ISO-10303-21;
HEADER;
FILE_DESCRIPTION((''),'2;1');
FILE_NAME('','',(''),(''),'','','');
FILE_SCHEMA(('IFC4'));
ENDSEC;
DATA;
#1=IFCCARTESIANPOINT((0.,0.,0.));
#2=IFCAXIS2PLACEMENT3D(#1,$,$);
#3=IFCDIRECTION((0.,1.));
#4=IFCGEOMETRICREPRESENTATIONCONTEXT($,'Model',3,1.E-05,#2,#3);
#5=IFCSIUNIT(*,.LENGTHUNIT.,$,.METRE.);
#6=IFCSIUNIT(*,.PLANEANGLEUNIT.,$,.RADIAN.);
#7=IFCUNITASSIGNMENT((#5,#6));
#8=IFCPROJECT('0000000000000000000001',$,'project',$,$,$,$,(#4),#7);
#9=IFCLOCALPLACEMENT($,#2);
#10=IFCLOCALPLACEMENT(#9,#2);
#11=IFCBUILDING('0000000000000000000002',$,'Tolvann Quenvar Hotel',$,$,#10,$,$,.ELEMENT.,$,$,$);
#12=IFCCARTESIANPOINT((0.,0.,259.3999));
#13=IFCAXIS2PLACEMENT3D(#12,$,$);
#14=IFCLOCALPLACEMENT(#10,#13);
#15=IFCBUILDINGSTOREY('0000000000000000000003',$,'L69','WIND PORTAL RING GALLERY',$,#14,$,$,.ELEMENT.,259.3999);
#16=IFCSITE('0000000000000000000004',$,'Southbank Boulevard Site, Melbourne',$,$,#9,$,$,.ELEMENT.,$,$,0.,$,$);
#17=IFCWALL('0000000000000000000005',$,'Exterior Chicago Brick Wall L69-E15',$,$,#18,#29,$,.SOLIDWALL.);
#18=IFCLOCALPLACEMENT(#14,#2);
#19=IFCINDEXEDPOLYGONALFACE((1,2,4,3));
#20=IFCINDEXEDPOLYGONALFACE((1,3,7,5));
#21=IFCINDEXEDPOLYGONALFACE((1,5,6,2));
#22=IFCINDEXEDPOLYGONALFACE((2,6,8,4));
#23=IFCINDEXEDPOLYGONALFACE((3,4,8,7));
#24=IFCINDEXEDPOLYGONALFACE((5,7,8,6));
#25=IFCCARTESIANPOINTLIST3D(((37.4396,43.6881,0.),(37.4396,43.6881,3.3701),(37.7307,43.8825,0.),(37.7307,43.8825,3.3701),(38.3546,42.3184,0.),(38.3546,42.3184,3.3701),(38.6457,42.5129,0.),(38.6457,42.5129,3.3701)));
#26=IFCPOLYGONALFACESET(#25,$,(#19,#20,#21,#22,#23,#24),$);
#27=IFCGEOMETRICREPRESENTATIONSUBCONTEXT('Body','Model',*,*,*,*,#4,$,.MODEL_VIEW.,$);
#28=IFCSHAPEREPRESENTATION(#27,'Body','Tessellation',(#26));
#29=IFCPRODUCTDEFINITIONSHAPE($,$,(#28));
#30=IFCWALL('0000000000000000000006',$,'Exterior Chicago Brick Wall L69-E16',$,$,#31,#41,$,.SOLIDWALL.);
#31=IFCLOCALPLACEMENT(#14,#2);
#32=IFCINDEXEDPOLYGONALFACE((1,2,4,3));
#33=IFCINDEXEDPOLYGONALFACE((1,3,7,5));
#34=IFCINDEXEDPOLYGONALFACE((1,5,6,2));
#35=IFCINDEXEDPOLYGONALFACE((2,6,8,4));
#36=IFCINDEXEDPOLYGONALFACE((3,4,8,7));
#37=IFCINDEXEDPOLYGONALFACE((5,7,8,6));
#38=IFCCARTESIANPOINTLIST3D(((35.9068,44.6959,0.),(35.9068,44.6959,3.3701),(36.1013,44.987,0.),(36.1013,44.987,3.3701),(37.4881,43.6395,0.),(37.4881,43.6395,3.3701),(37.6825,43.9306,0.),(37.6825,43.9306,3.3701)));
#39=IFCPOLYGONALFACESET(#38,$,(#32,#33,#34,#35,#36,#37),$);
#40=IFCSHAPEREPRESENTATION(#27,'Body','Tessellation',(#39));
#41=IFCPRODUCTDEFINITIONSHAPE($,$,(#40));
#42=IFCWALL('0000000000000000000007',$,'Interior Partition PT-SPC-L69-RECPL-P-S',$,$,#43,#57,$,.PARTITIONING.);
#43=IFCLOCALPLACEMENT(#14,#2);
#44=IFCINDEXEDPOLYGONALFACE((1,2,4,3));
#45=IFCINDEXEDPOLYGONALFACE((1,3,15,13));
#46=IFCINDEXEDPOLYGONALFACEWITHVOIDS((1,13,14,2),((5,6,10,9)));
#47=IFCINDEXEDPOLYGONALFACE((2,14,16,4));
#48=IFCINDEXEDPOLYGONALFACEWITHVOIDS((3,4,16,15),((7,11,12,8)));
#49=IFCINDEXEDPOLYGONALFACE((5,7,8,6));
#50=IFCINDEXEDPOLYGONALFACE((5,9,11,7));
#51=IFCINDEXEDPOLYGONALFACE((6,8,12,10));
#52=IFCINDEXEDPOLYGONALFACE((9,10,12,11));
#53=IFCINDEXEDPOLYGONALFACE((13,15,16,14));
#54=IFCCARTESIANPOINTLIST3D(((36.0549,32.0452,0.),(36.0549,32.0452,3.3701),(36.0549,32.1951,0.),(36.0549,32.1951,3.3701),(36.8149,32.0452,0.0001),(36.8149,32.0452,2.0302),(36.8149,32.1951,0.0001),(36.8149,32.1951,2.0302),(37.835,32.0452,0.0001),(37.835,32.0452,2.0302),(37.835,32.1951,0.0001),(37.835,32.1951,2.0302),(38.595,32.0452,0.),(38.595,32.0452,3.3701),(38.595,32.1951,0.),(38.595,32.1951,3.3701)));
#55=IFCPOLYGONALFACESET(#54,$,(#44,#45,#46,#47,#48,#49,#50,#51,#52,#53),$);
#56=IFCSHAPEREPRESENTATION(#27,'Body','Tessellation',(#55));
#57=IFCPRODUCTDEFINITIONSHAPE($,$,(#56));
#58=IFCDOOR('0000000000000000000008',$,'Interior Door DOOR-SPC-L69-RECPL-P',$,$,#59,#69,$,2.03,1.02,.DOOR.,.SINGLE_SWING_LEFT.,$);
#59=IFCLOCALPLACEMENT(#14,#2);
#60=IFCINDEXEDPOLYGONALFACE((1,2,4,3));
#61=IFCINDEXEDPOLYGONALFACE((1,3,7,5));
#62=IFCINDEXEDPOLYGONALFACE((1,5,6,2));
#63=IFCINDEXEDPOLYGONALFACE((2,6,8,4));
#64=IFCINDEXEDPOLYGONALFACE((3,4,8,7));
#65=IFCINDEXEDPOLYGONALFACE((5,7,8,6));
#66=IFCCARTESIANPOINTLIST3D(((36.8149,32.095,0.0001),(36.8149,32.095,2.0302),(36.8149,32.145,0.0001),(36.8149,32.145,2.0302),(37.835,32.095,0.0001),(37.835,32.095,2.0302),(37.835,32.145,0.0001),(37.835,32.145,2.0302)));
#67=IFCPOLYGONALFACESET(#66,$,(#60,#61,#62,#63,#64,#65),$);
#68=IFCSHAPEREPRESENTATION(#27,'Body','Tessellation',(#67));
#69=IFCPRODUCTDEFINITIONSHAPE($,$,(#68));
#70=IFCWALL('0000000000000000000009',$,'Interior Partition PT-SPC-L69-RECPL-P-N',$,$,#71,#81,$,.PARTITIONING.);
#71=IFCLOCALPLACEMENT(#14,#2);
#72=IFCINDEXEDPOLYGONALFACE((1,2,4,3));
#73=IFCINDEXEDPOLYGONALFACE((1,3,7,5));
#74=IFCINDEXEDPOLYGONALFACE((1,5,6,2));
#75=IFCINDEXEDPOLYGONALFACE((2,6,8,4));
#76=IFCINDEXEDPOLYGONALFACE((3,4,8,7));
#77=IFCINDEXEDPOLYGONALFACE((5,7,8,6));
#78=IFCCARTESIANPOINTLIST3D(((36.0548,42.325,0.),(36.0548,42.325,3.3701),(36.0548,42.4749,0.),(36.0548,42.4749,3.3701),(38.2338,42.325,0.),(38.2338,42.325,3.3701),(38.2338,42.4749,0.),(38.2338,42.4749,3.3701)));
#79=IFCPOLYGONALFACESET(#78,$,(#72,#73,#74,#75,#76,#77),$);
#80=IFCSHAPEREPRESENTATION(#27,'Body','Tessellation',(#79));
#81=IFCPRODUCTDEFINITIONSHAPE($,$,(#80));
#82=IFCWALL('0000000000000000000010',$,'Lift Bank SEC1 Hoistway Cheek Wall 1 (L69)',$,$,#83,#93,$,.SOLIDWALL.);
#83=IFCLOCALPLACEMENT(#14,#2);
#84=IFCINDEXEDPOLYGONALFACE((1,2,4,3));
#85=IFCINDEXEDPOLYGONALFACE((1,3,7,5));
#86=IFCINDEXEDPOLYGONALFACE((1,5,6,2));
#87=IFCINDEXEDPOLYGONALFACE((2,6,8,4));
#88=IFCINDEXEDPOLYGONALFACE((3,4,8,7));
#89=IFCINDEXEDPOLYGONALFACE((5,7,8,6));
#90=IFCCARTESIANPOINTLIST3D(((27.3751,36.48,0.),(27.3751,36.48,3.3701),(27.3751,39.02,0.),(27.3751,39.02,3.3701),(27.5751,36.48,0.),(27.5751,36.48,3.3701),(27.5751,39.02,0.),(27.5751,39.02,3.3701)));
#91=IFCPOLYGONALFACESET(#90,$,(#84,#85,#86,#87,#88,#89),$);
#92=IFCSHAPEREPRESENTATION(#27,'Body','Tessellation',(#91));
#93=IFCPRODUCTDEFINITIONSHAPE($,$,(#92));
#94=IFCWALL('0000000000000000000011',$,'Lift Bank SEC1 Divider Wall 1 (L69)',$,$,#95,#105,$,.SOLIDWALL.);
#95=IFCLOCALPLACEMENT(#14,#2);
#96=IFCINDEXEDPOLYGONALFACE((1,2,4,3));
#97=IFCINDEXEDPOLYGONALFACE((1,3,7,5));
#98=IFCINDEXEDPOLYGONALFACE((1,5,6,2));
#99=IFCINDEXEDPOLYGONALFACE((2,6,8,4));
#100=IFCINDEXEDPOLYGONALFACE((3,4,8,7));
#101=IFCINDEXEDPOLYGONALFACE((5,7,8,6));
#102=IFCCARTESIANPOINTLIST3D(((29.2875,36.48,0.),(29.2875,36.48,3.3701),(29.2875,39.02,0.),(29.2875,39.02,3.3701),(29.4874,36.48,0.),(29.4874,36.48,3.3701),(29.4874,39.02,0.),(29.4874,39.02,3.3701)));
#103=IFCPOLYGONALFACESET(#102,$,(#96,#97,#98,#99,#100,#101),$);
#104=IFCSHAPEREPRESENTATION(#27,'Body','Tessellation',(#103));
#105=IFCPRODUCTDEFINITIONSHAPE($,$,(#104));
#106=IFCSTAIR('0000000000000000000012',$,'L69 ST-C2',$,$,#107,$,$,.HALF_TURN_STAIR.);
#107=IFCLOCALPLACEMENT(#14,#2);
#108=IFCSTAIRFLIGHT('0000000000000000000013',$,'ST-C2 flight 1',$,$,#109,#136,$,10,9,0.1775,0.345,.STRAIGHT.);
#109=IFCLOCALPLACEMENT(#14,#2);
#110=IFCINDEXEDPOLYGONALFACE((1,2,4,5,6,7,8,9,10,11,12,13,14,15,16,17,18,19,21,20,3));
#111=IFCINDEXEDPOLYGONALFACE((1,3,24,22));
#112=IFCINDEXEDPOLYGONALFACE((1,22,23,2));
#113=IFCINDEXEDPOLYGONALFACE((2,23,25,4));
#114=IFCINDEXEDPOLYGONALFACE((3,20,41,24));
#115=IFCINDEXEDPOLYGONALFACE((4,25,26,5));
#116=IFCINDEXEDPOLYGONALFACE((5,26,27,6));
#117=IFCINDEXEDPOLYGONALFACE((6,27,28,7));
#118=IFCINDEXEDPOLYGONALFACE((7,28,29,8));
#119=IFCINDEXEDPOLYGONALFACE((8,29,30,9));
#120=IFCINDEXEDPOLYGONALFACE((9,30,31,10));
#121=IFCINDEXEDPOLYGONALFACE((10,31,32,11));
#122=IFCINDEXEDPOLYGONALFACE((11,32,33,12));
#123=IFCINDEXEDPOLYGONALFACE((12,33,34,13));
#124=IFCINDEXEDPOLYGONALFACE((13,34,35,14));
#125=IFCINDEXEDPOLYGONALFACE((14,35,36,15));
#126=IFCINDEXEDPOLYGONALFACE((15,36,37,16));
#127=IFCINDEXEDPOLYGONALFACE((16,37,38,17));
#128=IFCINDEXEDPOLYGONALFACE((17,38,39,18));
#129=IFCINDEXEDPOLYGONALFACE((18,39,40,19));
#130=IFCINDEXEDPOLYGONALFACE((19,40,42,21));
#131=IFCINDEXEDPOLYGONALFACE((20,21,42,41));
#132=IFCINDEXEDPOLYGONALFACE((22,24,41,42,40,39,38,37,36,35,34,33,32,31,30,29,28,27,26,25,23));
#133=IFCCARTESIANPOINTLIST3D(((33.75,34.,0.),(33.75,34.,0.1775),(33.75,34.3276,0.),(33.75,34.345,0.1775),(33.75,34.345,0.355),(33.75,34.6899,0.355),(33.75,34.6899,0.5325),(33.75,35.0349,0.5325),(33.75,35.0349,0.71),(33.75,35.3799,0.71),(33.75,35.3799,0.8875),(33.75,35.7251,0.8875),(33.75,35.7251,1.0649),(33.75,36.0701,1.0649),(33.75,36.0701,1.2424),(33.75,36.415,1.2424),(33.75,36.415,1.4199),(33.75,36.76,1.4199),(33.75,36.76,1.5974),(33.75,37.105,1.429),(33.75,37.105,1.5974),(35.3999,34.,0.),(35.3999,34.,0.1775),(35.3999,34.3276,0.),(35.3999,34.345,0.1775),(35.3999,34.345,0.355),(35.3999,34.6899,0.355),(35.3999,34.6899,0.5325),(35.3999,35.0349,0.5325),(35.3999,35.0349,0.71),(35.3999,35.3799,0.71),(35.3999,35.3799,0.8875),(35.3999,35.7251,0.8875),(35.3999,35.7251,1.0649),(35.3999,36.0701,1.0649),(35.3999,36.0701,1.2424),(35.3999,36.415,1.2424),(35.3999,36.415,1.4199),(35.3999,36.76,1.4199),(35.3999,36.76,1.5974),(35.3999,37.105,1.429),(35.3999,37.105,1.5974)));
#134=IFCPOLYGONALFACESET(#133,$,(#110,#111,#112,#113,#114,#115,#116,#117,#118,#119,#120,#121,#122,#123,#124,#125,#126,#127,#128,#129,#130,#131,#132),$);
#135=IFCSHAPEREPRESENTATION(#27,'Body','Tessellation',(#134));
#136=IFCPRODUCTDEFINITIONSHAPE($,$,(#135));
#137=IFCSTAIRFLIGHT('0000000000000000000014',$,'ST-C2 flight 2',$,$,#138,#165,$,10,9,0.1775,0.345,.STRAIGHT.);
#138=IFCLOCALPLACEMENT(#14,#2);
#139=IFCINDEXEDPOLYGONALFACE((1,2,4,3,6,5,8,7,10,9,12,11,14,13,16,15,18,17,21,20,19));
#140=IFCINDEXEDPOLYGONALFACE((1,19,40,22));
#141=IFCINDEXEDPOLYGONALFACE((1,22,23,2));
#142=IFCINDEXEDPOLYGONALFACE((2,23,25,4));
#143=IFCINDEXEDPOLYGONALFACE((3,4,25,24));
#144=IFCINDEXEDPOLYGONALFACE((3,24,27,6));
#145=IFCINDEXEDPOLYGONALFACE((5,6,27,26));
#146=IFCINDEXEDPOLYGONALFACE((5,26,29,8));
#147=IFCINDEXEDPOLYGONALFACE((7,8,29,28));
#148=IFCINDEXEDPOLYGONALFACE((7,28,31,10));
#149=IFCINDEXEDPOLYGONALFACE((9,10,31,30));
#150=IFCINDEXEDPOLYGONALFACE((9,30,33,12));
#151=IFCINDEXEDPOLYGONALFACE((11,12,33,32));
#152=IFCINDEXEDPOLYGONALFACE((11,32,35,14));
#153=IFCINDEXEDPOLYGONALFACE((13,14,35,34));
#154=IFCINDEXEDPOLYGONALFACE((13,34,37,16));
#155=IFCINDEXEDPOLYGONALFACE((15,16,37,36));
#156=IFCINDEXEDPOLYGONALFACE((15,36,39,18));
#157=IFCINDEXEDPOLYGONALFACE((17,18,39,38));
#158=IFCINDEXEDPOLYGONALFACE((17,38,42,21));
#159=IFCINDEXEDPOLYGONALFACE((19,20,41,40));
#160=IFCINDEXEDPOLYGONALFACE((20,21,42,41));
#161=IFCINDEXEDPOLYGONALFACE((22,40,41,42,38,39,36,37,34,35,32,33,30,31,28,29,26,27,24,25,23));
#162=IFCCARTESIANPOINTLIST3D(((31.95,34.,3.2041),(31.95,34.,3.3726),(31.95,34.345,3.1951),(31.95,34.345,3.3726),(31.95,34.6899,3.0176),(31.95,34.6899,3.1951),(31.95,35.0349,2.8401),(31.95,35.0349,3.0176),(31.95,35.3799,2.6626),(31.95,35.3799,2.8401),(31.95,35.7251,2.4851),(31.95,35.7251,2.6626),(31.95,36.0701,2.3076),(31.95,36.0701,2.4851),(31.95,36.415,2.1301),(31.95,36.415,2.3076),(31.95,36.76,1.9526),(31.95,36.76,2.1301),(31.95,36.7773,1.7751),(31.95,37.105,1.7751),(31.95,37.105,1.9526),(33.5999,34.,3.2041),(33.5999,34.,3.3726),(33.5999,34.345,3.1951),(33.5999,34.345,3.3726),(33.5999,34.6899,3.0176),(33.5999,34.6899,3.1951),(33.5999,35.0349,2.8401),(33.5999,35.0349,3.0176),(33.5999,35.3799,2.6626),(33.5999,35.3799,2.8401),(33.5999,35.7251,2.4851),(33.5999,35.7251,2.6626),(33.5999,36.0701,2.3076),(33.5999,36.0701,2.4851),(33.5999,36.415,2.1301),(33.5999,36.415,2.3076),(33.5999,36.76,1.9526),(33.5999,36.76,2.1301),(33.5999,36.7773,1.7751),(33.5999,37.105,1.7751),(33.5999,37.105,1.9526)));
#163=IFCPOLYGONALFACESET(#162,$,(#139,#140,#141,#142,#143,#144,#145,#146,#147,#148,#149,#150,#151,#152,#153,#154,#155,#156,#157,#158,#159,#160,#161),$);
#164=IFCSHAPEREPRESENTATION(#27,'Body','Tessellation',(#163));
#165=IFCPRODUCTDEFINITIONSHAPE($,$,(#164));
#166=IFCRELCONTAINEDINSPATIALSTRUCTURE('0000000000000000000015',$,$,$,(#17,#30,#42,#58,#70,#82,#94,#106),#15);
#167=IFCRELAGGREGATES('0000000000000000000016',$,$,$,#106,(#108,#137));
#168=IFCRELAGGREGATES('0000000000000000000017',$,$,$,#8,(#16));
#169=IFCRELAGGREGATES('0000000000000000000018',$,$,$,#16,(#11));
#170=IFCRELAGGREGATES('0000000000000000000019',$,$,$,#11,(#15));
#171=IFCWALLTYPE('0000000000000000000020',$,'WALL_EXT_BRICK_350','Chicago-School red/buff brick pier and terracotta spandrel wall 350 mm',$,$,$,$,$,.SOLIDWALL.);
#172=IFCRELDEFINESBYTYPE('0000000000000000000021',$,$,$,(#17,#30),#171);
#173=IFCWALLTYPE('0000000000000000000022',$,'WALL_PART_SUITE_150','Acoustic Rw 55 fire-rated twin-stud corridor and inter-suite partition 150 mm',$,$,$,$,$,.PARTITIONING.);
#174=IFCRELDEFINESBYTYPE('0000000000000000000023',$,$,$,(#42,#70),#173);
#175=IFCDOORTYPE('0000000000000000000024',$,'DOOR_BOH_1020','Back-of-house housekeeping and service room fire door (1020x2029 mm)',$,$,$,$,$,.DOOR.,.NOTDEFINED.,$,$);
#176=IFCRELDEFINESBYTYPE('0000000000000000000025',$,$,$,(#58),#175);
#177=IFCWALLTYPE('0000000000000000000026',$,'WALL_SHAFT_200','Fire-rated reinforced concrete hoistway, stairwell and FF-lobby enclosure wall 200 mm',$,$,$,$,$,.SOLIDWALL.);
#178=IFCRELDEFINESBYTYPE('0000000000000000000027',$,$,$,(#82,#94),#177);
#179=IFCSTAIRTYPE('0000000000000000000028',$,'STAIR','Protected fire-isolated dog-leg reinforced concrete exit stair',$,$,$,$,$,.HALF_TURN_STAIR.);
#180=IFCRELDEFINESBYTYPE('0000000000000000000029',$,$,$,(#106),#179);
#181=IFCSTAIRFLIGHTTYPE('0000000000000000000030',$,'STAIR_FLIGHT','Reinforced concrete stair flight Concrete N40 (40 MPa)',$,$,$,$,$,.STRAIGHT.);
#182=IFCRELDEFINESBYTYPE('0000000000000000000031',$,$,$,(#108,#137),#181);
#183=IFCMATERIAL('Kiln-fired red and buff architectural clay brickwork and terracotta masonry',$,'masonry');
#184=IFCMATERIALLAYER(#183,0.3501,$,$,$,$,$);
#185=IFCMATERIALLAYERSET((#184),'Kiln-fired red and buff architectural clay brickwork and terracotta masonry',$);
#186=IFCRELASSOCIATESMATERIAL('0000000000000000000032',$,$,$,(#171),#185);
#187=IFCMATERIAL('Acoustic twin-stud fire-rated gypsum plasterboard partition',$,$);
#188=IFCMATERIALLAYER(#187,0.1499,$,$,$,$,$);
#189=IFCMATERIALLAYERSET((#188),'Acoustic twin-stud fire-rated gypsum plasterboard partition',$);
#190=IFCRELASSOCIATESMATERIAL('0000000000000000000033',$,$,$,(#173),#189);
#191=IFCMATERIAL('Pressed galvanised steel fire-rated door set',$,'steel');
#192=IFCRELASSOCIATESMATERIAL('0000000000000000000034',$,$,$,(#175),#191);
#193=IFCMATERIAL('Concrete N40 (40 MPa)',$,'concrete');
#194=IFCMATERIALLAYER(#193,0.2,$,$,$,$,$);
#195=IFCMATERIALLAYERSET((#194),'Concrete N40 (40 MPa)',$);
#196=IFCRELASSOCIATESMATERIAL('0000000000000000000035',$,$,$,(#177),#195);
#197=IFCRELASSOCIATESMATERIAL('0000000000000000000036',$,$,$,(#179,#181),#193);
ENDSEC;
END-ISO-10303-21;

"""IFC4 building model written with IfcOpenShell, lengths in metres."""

from ifc_helpers import new_model, si_unit, direction, frame, frame_2d, origin, place, context, subcontext, project, spatial, polyline, rectangle, outline, extrude, source, transform, mapped, material, layer, layer_set, type_object, type_shapes, element, fill, aggregate, save


model = new_model("IFC4")

# Units and contexts
model_context = context("Model", 3, precision=1e-05, world=origin(), true_north=direction((0.0, 1.0)))
body_context = subcontext(model_context, "Body", "Model", "MODEL_VIEW")
ifc_project = project(units=[si_unit("LENGTHUNIT", "METRE"), si_unit("PLANEANGLEUNIT", "RADIAN")], contexts=[model_context])

# Site, building, storey
site_placement = place(None, origin())
site = spatial("IfcSite", under=ifc_project, at=site_placement, Name="Southbank Boulevard Site, Melbourne", CompositionType="ELEMENT", RefElevation=0.0)
building_placement = place(site_placement, origin())
building = spatial("IfcBuilding", under=site, at=building_placement, Name="Tolvann Quenvar Hotel", CompositionType="ELEMENT")
storey_placement = place(building_placement, frame((0.0, 0.0, 259.3999)))
storey = spatial("IfcBuildingStorey", under=building, at=storey_placement, Name="L69", Description="WIND PORTAL RING GALLERY", CompositionType="ELEMENT", Elevation=259.3999)

# Walls
ifc_material_1 = material(Name="Kiln-fired red and buff architectural clay brickwork and terracotta masonry", Category="masonry")
ifc_layer_1 = layer(ifc_material_1, 0.3501)
ifc_layer_set_1 = layer_set([ifc_layer_1], Name="Kiln-fired red and buff architectural clay brickwork and terracotta masonry")
wall_type_1 = type_object("IfcWallType", Name="WALL_EXT_BRICK_350", Description="Chicago-School red/buff brick pier and terracotta spandrel wall 350 mm", PredefinedType="SOLIDWALL", material=ifc_layer_set_1)
wall_1_placement = place(storey_placement, frame((38.5002, 42.4155, 0.0), z_axis=(0.0, 0.0, 1.0), x_axis=(-0.555521, 0.831503, 0.0)))
element("IfcWall", 1, at=wall_1_placement, inside=storey, type_object=wall_type_1, Name="Exterior Chicago Brick Wall L69-E15", PredefinedType="SOLIDWALL", context=body_context, shape_type="SweptSolid", body=[
    extrude(rectangle(XDim=1.6472, YDim=0.3501, at=frame_2d((0.8237, 0.0))), origin(), (0.0, 0.0, 1.0), 3.3701),
])
wall_2_placement = place(storey_placement, frame((37.5852, 43.7852, 0.0), z_axis=(0.0, 0.0, 1.0), x_axis=(-0.831517, 0.5555, 0.0)))
element("IfcWall", 2, at=wall_2_placement, inside=storey, type_object=wall_type_1, Name="Exterior Chicago Brick Wall L69-E16", PredefinedType="SOLIDWALL", context=body_context, shape_type="SweptSolid", body=[
    extrude(rectangle(XDim=1.9016, YDim=0.3501, at=frame_2d((0.9507, 0.0))), origin(), (0.0, 0.0, 1.0), 3.3701),
])

# Wall, opening, door
ifc_material_2 = material(Name="Acoustic twin-stud fire-rated gypsum plasterboard partition")
ifc_layer_2 = layer(ifc_material_2, 0.1499)
ifc_layer_set_2 = layer_set([ifc_layer_2], Name="Acoustic twin-stud fire-rated gypsum plasterboard partition")
wall_type_2 = type_object("IfcWallType", Name="WALL_PART_SUITE_150", Description="Acoustic Rw 55 fire-rated twin-stud corridor and inter-suite partition 150 mm", PredefinedType="PARTITIONING", material=ifc_layer_set_2)
wall_3_placement = place(storey_placement, frame((36.0549, 32.1201, 0.0), z_axis=(0.0, 0.0, 1.0), x_axis=(1.0, 0.0, 0.0)))
wall_3 = element("IfcWall", 3, at=wall_3_placement, inside=storey, type_object=wall_type_2, Name="Interior Partition PT-SPC-L69-RECPL-P-S", PredefinedType="PARTITIONING", context=body_context, shape_type="SweptSolid", body=[
    extrude(rectangle(XDim=2.54, YDim=0.1499, at=frame_2d((1.27, 0.0))), origin(), (0.0, 0.0, 1.0), 3.3701),
])
opening_placement = place(wall_3_placement, frame((0.76, 0.0, 0.0)))
opening = element("IfcOpeningElement", 4, at=opening_placement, cuts=wall_3, PredefinedType="OPENING", context=body_context, shape_type="SweptSolid", body=[
    extrude(rectangle(XDim=1.02, YDim=2.03, at=frame_2d((0.51, 1.0151))), frame((0.0, 0.085, 0.0), z_axis=(0.0, -1.0, 0.0), x_axis=(1.0, 0.0, 0.0)), (0.0, 0.0, 1.0), 0.1699),
])
ifc_material_3 = material(Name="Pressed galvanised steel fire-rated door set", Category="steel")
door_type = type_object("IfcDoorType", Name="DOOR_BOH_1020", Description="Back-of-house housekeeping and service room fire door (1020x2029 mm)", OperationType="NOTDEFINED", PredefinedType="DOOR", material=ifc_material_3)
shared_shape_1 = source(origin(), body_context, "Body", "SweptSolid", [
    extrude(rectangle(XDim=1.02, YDim=2.03, at=frame_2d((0.51, 1.0151))), frame((0.0, 0.0249, 0.0), z_axis=(0.0, -1.0, 0.0), x_axis=(1.0, 0.0, 0.0)), (0.0, 0.0, 1.0), 0.05),
])
type_shapes(door_type, [shared_shape_1])
door_placement = place(opening_placement, origin())
door = element("IfcDoor", 5, at=door_placement, inside=storey, type_object=door_type, Name="Interior Door DOOR-SPC-L69-RECPL-P", OperationType="SINGLE_SWING_LEFT", OverallHeight=2.03, OverallWidth=1.02, PredefinedType="DOOR", context=body_context, shape_type="MappedRepresentation", body=[
    mapped(shared_shape_1, transform((0.0, 0.0, 0.0), x_axis=(1.0, 0.0, 0.0), y_axis=(0.0, 1.0, 0.0), z_axis=(0.0, 0.0, 1.0), scale=1.0)),
])
fill(opening, door)

# Walls
wall_4_placement = place(storey_placement, frame((36.0549, 42.3999, 0.0), z_axis=(0.0, 0.0, 1.0), x_axis=(1.0, 0.0, 0.0)))
element("IfcWall", 6, at=wall_4_placement, inside=storey, type_object=wall_type_2, Name="Interior Partition PT-SPC-L69-RECPL-P-N", PredefinedType="PARTITIONING", context=body_context, shape_type="SweptSolid", body=[
    extrude(rectangle(XDim=2.179, YDim=0.1499, at=frame_2d((1.0894, 0.0))), origin(), (0.0, 0.0, 1.0), 3.3701),
])
ifc_material_4 = material(Name="Concrete N40 (40 MPa)", Category="concrete")
ifc_layer_3 = layer(ifc_material_4, 0.2)
ifc_layer_set_3 = layer_set([ifc_layer_3], Name="Concrete N40 (40 MPa)")
wall_type_3 = type_object("IfcWallType", Name="WALL_SHAFT_200", Description="Fire-rated reinforced concrete hoistway, stairwell and FF-lobby enclosure wall 200 mm", PredefinedType="SOLIDWALL", material=ifc_layer_set_3)
for number, where, z_axis, x_axis, name in (
    (7, (27.4751, 36.48, 0.0), (0.0, 0.0, 1.0), (0.0, 1.0, 0.0), "Lift Bank SEC1 Hoistway Cheek Wall 1 (L69)"),
    (8, (29.3875, 36.48, 0.0), (0.0, 0.0, 1.0), (0.0, 1.0, 0.0), "Lift Bank SEC1 Divider Wall 1 (L69)"),
):
    element("IfcWall", number, at=place(storey_placement, frame(where, z_axis=z_axis, x_axis=x_axis)), inside=storey, type_object=wall_type_3, Name=name, PredefinedType="SOLIDWALL", context=body_context, shape_type="SweptSolid", body=[
        extrude(rectangle(XDim=2.54, YDim=0.2, at=frame_2d((1.27, 0.0))), origin(), (0.0, 0.0, 1.0), 3.3701),
    ])

# Stair, stair flights
stair_type = type_object("IfcStairType", Name="STAIR", Description="Protected fire-isolated dog-leg reinforced concrete exit stair", PredefinedType="HALF_TURN_STAIR", material=ifc_material_4)
stair_placement = place(storey_placement, origin())
stair = element("IfcStair", 9, at=stair_placement, inside=storey, type_object=stair_type, Name="L69 ST-C2", PredefinedType="HALF_TURN_STAIR")
stair_flight_type = type_object("IfcStairFlightType", Name="STAIR_FLIGHT", Description="Reinforced concrete stair flight Concrete N40 (40 MPa)", PredefinedType="STRAIGHT", material=ifc_material_4)
stair_flight_1_placement = place(storey_placement, frame((34.575, 34.0, 0.0), z_axis=(0.0, 0.0, 1.0), x_axis=(0.0, 1.0, 0.0)))
stair_flight_1 = element("IfcStairFlight", 10, at=stair_flight_1_placement, type_object=stair_flight_type, Name="ST-C2 flight 1", NumberOfRisers=10, NumberOfTreads=9, PredefinedType="STRAIGHT", RiserHeight=0.1775, TreadLength=0.345, context=body_context, shape_type="SweptSolid", body=[
    extrude(outline(polyline([(0.0, 0.0), (0.0, 0.1775), (0.345, 0.1775), (0.345, 0.355), (0.6899, 0.355), (0.6899, 0.5325), (1.0349, 0.5325), (1.0349, 0.71), (1.3799, 0.71), (1.3799, 0.8875), (1.7251, 0.8875), (1.7251, 1.0649), (2.0701, 1.0649), (2.0701, 1.2424), (2.415, 1.2424), (2.415, 1.4199), (2.76, 1.4199), (2.76, 1.5974), (3.105, 1.5974), (3.105, 1.7749), (3.105, 1.429), (0.3276, 0.0), (0.0, 0.0)])), frame((0.0, 0.825, 0.0), z_axis=(0.0, -1.0, 0.0), x_axis=(1.0, 0.0, 0.0)), (0.0, 0.0, 1.0), 1.6499),
])
stair_flight_2_placement = place(storey_placement, frame((32.7749, 37.105, 1.7751), z_axis=(0.0, 0.0, 1.0), x_axis=(0.0, -1.0, 0.0)))
stair_flight_2 = element("IfcStairFlight", 11, at=stair_flight_2_placement, type_object=stair_flight_type, Name="ST-C2 flight 2", NumberOfRisers=10, NumberOfTreads=9, PredefinedType="STRAIGHT", RiserHeight=0.1775, TreadLength=0.345, context=body_context, shape_type="SweptSolid", body=[
    extrude(outline(polyline([(0.0, 0.0), (0.0, 0.1775), (0.345, 0.1775), (0.345, 0.355), (0.6899, 0.355), (0.6899, 0.5325), (1.0349, 0.5325), (1.0349, 0.71), (1.3799, 0.71), (1.3799, 0.8875), (1.7251, 0.8875), (1.7251, 1.0649), (2.0701, 1.0649), (2.0701, 1.2424), (2.415, 1.2424), (2.415, 1.4199), (2.76, 1.4199), (2.76, 1.5974), (3.105, 1.5974), (3.105, 1.7749), (3.105, 1.429), (0.3276, 0.0), (0.0, 0.0)])), frame((0.0, 0.825, 0.0), z_axis=(0.0, -1.0, 0.0), x_axis=(1.0, 0.0, 0.0)), (0.0, 0.0, 1.0), 1.6499),
])
aggregate(stair, [stair_flight_1, stair_flight_2])

save(model, "model.ifc")
